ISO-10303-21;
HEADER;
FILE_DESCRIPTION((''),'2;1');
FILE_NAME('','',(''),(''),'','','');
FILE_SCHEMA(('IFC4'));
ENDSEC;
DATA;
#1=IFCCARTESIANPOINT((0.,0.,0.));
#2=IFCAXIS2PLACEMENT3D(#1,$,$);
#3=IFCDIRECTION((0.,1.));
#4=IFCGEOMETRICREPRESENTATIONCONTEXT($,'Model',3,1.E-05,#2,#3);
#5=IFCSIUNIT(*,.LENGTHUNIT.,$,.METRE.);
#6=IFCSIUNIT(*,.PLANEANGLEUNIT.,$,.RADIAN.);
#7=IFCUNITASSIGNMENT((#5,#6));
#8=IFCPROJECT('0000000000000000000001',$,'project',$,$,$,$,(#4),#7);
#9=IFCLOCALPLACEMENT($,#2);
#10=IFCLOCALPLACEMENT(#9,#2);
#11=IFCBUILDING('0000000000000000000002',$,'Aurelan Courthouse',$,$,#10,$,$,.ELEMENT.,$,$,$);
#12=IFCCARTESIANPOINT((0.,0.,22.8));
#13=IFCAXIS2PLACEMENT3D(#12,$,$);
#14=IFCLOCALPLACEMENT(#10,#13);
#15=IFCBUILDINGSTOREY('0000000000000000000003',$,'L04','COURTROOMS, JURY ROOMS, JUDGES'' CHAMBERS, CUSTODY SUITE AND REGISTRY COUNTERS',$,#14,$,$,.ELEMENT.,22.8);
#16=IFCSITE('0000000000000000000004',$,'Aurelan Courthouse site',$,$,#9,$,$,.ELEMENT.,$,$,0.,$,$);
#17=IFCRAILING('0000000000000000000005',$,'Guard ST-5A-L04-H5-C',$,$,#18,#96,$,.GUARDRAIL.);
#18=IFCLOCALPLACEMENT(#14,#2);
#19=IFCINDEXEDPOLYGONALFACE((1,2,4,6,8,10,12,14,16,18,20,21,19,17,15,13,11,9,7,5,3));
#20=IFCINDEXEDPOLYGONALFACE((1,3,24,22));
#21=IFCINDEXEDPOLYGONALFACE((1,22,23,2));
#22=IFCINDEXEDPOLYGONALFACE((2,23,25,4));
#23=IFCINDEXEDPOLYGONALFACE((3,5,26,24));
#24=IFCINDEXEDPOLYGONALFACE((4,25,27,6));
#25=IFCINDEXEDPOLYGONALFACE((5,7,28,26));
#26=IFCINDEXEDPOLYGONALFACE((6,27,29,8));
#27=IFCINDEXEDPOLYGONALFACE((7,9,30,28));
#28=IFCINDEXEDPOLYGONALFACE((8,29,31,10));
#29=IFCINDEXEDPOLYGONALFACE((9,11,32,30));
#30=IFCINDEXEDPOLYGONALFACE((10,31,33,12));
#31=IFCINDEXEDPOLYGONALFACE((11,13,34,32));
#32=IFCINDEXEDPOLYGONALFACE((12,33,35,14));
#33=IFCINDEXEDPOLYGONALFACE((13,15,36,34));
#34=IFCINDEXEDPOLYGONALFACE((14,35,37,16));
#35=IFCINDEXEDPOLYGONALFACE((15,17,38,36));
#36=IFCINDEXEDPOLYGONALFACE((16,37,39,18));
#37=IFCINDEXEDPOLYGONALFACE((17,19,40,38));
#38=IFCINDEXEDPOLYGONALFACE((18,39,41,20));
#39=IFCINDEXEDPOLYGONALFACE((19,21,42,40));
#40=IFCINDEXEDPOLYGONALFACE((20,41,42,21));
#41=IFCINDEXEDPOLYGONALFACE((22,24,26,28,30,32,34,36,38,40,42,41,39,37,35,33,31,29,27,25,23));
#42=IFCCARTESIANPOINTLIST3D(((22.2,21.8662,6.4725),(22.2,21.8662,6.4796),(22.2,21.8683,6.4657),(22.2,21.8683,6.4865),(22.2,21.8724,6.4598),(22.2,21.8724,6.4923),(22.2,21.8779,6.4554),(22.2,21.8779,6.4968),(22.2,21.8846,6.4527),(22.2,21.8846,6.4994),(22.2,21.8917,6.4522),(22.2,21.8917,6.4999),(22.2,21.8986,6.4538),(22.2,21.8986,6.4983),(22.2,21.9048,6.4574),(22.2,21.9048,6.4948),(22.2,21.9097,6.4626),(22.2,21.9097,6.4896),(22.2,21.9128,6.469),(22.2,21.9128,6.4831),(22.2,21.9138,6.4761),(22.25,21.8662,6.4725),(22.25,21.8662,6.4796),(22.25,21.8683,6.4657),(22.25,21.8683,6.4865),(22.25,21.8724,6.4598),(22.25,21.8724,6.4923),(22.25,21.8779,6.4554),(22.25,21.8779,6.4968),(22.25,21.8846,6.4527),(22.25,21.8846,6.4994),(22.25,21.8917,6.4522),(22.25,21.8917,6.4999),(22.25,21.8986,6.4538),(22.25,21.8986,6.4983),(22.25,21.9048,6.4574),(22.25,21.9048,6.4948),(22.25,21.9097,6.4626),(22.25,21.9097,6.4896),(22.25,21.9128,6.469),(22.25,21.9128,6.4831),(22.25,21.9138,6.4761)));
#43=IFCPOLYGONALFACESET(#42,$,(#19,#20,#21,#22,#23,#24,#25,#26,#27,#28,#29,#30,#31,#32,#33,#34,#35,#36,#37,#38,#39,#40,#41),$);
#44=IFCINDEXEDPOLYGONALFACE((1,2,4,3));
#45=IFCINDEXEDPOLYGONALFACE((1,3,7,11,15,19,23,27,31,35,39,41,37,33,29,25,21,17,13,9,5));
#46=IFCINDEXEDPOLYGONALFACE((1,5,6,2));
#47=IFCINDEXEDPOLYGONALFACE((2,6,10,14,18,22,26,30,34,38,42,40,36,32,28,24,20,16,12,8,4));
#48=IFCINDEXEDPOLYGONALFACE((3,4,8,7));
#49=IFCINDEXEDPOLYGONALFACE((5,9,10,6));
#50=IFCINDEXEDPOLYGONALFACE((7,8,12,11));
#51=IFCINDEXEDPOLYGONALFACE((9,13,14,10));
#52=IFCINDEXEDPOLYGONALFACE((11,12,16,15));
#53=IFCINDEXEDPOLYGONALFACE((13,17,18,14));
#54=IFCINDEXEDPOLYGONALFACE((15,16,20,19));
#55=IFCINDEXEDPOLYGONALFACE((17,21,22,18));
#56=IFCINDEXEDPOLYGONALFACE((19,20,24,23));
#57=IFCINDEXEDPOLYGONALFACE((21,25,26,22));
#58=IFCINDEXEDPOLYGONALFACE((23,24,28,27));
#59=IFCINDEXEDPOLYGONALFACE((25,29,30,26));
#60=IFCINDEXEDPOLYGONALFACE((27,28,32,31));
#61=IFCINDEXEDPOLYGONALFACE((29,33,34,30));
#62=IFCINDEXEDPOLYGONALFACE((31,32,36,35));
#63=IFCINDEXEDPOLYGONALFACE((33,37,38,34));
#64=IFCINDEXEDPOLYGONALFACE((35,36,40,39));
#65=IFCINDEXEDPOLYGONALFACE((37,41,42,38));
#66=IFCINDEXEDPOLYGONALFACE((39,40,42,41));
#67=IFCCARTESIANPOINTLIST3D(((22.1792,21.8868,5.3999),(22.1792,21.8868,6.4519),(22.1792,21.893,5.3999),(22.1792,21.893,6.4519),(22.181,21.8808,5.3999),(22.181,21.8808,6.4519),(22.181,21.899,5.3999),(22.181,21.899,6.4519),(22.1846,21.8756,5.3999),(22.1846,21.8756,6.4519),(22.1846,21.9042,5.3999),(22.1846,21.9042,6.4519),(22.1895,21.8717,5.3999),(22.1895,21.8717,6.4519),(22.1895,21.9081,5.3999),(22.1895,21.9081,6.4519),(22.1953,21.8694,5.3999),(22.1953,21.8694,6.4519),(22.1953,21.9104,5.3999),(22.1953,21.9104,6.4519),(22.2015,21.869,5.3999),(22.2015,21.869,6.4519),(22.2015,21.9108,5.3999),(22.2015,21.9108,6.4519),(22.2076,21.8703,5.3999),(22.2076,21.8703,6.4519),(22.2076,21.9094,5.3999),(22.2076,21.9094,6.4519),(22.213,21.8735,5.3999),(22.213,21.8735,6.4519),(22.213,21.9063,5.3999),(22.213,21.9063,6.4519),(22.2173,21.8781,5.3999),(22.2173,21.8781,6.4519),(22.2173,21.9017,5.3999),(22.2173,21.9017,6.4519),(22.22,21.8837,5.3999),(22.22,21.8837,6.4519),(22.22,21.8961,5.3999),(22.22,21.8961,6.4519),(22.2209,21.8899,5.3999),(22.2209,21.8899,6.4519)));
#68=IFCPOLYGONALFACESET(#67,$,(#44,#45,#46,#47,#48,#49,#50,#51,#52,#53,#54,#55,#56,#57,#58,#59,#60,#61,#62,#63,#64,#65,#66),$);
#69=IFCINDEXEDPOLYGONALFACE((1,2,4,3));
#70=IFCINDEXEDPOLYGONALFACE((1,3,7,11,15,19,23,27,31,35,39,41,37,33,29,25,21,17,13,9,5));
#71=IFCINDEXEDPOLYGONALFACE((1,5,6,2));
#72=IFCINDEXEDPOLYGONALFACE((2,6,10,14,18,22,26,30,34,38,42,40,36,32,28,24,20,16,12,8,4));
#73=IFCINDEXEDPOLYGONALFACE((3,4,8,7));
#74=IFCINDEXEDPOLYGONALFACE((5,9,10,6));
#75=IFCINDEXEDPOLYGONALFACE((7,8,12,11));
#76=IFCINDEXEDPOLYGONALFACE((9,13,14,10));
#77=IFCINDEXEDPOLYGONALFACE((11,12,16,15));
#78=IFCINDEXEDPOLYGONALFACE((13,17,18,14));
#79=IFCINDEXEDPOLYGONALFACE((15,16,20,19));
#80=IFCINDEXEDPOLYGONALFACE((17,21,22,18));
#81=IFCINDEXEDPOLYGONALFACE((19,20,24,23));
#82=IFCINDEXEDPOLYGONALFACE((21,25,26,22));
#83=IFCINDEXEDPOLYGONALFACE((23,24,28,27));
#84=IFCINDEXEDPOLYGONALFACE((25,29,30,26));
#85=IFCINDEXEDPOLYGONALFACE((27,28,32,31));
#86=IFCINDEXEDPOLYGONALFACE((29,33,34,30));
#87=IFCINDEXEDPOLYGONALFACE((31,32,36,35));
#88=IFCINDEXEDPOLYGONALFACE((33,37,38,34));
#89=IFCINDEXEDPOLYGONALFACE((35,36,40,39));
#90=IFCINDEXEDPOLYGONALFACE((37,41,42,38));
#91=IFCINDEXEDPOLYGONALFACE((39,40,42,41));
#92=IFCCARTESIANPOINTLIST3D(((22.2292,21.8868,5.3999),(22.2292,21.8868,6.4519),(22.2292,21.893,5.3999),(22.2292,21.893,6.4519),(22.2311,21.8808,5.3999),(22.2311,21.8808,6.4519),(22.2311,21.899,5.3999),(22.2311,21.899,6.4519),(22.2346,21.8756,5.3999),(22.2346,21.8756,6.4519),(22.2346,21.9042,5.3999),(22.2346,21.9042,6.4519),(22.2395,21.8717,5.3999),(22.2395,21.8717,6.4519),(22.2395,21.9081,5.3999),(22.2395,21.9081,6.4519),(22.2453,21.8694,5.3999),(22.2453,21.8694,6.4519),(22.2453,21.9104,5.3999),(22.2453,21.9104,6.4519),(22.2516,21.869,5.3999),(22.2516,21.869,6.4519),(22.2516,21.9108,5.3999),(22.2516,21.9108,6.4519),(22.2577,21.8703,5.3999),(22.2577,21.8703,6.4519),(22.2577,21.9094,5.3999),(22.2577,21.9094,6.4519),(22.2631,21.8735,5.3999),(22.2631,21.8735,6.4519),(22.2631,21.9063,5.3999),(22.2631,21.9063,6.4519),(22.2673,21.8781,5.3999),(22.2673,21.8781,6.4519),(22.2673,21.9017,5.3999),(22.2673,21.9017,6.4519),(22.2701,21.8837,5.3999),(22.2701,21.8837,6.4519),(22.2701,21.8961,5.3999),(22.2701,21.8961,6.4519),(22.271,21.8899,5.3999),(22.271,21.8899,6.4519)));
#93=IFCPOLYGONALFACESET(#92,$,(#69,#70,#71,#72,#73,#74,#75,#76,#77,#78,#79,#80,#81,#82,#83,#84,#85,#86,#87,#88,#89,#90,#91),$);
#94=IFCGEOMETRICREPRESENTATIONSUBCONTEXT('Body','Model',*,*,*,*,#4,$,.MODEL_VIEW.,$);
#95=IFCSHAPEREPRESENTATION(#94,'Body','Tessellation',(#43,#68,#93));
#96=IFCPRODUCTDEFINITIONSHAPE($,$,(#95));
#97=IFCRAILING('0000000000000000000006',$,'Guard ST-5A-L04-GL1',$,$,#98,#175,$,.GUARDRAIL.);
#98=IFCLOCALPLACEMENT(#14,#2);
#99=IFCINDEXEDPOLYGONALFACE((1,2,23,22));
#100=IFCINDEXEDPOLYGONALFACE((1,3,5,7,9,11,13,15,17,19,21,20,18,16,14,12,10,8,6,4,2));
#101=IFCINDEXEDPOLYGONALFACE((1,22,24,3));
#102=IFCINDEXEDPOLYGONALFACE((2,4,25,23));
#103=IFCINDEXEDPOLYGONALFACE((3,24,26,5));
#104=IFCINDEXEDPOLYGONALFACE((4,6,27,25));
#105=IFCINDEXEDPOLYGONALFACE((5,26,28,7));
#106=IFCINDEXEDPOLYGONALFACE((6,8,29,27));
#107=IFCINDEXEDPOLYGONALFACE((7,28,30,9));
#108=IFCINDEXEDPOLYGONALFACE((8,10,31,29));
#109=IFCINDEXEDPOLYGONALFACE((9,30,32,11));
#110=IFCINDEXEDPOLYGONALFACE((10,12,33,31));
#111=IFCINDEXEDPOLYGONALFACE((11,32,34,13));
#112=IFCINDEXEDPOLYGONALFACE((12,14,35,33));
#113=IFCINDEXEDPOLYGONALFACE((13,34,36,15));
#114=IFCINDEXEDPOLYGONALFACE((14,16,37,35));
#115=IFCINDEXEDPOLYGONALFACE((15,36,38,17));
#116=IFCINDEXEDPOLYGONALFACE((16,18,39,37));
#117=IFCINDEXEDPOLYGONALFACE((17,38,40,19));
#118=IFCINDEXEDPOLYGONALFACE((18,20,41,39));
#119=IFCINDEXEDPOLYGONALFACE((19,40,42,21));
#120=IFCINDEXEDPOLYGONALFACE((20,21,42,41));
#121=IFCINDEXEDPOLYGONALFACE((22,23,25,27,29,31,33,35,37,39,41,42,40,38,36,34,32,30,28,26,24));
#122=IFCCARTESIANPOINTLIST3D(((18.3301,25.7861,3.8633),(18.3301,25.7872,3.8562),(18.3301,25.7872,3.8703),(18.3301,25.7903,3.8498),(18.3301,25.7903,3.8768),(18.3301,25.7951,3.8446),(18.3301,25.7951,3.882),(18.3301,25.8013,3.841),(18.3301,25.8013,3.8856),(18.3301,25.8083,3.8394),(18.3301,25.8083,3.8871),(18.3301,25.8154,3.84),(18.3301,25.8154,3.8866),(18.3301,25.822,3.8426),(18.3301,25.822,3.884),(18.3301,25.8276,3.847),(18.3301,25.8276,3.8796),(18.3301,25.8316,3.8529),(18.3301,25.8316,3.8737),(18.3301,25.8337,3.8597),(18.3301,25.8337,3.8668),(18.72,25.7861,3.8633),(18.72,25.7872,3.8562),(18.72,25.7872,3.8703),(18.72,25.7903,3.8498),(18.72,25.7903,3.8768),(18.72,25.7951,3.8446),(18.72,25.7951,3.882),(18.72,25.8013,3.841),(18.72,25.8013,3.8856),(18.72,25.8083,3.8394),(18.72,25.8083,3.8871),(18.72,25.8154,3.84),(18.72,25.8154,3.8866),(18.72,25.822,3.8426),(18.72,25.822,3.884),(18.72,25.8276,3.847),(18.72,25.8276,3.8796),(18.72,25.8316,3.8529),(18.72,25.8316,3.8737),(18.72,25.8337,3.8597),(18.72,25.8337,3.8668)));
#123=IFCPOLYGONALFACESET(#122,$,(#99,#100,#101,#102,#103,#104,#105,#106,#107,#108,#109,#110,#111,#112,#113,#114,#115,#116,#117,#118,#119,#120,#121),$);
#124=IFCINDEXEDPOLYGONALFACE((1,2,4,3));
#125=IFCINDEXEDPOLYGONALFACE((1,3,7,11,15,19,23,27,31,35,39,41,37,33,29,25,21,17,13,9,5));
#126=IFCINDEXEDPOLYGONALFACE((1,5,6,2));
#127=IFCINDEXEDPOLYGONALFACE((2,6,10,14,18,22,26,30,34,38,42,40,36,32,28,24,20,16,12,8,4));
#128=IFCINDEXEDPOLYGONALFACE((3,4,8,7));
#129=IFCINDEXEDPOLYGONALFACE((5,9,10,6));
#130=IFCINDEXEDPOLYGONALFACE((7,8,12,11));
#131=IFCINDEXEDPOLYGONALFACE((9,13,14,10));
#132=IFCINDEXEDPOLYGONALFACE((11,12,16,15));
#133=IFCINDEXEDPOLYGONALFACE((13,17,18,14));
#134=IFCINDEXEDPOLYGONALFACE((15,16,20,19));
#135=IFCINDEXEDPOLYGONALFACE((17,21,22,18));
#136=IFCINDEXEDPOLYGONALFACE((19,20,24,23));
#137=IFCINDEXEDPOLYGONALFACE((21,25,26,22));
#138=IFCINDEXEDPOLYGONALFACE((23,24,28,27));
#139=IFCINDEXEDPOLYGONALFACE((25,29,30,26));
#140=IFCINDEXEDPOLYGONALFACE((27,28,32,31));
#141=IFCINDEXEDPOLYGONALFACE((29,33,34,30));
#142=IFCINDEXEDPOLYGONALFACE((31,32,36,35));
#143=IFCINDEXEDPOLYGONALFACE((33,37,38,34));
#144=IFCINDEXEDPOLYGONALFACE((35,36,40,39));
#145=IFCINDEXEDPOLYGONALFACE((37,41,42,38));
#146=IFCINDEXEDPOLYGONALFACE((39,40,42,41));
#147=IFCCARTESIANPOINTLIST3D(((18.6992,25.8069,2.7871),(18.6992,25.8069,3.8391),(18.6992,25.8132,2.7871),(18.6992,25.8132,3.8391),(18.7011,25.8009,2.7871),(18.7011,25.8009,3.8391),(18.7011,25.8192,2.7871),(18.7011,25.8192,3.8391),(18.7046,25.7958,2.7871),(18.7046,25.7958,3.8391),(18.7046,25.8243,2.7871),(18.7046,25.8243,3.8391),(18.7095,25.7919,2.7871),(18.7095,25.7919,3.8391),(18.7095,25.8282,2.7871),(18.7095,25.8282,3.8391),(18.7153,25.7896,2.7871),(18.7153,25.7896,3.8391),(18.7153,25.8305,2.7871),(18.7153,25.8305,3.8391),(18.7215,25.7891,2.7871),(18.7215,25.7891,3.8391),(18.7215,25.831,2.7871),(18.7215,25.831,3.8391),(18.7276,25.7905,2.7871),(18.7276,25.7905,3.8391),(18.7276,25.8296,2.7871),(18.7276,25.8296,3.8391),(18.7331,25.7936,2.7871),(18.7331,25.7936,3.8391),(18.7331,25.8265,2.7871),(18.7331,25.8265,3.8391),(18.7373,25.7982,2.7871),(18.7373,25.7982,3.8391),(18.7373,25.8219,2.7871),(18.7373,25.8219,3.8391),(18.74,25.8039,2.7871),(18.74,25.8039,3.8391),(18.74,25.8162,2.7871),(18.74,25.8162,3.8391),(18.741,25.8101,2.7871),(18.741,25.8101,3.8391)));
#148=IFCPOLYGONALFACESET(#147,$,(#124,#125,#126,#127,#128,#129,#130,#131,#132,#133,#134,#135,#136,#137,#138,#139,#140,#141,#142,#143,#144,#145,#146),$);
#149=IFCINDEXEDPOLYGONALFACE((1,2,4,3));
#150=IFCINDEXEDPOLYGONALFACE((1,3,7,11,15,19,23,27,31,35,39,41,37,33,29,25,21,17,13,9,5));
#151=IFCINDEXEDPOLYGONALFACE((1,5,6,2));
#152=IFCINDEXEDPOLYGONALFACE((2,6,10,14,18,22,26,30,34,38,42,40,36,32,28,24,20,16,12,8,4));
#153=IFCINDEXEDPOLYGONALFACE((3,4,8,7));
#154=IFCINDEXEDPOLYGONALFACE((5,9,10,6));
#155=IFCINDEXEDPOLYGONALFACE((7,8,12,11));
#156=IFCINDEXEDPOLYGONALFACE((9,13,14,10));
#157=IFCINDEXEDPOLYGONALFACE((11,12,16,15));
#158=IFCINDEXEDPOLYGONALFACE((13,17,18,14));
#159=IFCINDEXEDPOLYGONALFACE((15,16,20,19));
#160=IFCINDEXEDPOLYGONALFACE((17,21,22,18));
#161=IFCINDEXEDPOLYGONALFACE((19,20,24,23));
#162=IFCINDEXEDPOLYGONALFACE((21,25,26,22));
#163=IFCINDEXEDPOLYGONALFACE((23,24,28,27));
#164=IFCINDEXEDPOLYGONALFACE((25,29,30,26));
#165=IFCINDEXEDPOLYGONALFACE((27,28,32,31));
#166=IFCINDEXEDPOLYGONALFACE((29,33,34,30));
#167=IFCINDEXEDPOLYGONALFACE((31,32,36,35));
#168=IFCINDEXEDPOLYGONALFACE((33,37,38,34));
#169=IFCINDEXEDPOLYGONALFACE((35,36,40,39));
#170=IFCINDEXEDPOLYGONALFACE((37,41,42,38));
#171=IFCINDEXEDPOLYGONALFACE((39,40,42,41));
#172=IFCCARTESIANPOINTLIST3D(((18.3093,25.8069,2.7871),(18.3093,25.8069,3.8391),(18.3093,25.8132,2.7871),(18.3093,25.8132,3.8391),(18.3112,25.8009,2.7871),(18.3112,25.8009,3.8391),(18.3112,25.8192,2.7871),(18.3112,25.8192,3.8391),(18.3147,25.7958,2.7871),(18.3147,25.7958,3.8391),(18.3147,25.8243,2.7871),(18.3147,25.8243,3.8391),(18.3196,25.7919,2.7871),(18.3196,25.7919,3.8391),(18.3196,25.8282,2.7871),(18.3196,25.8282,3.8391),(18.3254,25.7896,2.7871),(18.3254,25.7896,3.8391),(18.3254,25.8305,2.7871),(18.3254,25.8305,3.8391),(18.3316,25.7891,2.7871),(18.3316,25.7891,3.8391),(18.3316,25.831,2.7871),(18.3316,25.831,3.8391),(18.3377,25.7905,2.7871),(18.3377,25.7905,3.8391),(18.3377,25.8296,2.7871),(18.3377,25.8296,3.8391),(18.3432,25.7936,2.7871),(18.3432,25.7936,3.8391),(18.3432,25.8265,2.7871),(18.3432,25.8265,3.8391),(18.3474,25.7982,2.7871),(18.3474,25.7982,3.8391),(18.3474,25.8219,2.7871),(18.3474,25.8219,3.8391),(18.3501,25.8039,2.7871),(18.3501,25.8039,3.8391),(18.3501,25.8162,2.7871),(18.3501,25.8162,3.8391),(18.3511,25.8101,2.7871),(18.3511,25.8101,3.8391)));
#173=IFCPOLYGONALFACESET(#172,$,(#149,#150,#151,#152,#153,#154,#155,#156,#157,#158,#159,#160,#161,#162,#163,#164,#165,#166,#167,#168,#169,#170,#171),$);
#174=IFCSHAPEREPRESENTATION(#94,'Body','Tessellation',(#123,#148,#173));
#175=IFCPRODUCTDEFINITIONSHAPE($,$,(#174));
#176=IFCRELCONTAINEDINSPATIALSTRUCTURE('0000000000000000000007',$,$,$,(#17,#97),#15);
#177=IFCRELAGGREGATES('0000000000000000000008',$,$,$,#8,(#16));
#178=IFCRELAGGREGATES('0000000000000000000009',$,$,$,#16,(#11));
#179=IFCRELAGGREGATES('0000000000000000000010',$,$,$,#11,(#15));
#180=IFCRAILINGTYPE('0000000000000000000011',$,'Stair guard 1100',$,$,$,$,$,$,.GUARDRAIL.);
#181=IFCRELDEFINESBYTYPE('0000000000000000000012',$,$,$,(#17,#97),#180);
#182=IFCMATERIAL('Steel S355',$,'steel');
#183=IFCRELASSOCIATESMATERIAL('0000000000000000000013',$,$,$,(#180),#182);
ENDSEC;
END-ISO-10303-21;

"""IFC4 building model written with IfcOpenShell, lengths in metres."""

from ifc_helpers import new_model, si_unit, direction, frame, origin, origin_2d, place, context, subcontext, project, spatial, circle, extrude, material, type_object, element, save


model = new_model("IFC4")

# Units and contexts
model_context = context("Model", 3, precision=1e-05, world=origin(), true_north=direction((0.0, 1.0)))
body_context = subcontext(model_context, "Body", "Model", "MODEL_VIEW")
ifc_project = project(units=[si_unit("LENGTHUNIT", "METRE"), si_unit("PLANEANGLEUNIT", "RADIAN")], contexts=[model_context])

# Site, building, storey
site_placement = place(None, origin())
site = spatial("IfcSite", under=ifc_project, at=site_placement, Name="Aurelan Courthouse site", CompositionType="ELEMENT", RefElevation=0.0)
building_placement = place(site_placement, origin())
building = spatial("IfcBuilding", under=site, at=building_placement, Name="Aurelan Courthouse", CompositionType="ELEMENT")
storey_placement = place(building_placement, frame((0.0, 0.0, 22.8)))
storey = spatial("IfcBuildingStorey", under=building, at=storey_placement, Name="L04", Description="COURTROOMS, JURY ROOMS, JUDGES' CHAMBERS, CUSTODY SUITE AND REGISTRY COUNTERS", CompositionType="ELEMENT", Elevation=22.8)

# Railings
ifc_material_1 = material(Name="Steel S355", Category="steel")
railing_type_1 = type_object("IfcRailingType", Name="Stair guard 1100", PredefinedType="GUARDRAIL", material=ifc_material_1)
railing_1_placement = place(storey_placement, frame((22.2, 21.8899, 5.3999)))
element("IfcRailing", 1, at=railing_1_placement, inside=storey, type_object=railing_type_1, Name="Guard ST-5A-L04-H5-C", PredefinedType="GUARDRAIL", context=body_context, shape_type="SweptSolid", body=[
    extrude(circle(Radius=0.0239, at=origin_2d()), frame((0.0, 0.0, 1.0762), z_axis=(1.0, 0.0, 0.0), x_axis=(0.0, 1.0, 0.0)), (0.0, 0.0, 1.0), 0.05),
    extrude(circle(Radius=0.021, at=origin_2d()), origin(), (0.0, 0.0, 1.0), 1.052),
    extrude(circle(Radius=0.021, at=origin_2d()), frame((0.05, 0.0, 0.0)), (0.0, 0.0, 1.0), 1.052),
])
railing_2_placement = place(storey_placement, frame((18.72, 25.8101, 2.7871)))
element("IfcRailing", 2, at=railing_2_placement, inside=storey, type_object=railing_type_1, Name="Guard ST-5A-L04-GL1", PredefinedType="GUARDRAIL", context=body_context, shape_type="SweptSolid", body=[
    extrude(circle(Radius=0.0239, at=origin_2d()), frame((0.0, 0.0, 1.0762), z_axis=(-1.0, 0.0, 0.0), x_axis=(0.0, -1.0, 0.0)), (0.0, 0.0, 1.0), 0.3899),
    extrude(circle(Radius=0.021, at=origin_2d()), origin(), (0.0, 0.0, 1.0), 1.052),
    extrude(circle(Radius=0.021, at=origin_2d()), frame((-0.3899, 0.0, 0.0)), (0.0, 0.0, 1.0), 1.052),
])

save(model, "model.ifc")
